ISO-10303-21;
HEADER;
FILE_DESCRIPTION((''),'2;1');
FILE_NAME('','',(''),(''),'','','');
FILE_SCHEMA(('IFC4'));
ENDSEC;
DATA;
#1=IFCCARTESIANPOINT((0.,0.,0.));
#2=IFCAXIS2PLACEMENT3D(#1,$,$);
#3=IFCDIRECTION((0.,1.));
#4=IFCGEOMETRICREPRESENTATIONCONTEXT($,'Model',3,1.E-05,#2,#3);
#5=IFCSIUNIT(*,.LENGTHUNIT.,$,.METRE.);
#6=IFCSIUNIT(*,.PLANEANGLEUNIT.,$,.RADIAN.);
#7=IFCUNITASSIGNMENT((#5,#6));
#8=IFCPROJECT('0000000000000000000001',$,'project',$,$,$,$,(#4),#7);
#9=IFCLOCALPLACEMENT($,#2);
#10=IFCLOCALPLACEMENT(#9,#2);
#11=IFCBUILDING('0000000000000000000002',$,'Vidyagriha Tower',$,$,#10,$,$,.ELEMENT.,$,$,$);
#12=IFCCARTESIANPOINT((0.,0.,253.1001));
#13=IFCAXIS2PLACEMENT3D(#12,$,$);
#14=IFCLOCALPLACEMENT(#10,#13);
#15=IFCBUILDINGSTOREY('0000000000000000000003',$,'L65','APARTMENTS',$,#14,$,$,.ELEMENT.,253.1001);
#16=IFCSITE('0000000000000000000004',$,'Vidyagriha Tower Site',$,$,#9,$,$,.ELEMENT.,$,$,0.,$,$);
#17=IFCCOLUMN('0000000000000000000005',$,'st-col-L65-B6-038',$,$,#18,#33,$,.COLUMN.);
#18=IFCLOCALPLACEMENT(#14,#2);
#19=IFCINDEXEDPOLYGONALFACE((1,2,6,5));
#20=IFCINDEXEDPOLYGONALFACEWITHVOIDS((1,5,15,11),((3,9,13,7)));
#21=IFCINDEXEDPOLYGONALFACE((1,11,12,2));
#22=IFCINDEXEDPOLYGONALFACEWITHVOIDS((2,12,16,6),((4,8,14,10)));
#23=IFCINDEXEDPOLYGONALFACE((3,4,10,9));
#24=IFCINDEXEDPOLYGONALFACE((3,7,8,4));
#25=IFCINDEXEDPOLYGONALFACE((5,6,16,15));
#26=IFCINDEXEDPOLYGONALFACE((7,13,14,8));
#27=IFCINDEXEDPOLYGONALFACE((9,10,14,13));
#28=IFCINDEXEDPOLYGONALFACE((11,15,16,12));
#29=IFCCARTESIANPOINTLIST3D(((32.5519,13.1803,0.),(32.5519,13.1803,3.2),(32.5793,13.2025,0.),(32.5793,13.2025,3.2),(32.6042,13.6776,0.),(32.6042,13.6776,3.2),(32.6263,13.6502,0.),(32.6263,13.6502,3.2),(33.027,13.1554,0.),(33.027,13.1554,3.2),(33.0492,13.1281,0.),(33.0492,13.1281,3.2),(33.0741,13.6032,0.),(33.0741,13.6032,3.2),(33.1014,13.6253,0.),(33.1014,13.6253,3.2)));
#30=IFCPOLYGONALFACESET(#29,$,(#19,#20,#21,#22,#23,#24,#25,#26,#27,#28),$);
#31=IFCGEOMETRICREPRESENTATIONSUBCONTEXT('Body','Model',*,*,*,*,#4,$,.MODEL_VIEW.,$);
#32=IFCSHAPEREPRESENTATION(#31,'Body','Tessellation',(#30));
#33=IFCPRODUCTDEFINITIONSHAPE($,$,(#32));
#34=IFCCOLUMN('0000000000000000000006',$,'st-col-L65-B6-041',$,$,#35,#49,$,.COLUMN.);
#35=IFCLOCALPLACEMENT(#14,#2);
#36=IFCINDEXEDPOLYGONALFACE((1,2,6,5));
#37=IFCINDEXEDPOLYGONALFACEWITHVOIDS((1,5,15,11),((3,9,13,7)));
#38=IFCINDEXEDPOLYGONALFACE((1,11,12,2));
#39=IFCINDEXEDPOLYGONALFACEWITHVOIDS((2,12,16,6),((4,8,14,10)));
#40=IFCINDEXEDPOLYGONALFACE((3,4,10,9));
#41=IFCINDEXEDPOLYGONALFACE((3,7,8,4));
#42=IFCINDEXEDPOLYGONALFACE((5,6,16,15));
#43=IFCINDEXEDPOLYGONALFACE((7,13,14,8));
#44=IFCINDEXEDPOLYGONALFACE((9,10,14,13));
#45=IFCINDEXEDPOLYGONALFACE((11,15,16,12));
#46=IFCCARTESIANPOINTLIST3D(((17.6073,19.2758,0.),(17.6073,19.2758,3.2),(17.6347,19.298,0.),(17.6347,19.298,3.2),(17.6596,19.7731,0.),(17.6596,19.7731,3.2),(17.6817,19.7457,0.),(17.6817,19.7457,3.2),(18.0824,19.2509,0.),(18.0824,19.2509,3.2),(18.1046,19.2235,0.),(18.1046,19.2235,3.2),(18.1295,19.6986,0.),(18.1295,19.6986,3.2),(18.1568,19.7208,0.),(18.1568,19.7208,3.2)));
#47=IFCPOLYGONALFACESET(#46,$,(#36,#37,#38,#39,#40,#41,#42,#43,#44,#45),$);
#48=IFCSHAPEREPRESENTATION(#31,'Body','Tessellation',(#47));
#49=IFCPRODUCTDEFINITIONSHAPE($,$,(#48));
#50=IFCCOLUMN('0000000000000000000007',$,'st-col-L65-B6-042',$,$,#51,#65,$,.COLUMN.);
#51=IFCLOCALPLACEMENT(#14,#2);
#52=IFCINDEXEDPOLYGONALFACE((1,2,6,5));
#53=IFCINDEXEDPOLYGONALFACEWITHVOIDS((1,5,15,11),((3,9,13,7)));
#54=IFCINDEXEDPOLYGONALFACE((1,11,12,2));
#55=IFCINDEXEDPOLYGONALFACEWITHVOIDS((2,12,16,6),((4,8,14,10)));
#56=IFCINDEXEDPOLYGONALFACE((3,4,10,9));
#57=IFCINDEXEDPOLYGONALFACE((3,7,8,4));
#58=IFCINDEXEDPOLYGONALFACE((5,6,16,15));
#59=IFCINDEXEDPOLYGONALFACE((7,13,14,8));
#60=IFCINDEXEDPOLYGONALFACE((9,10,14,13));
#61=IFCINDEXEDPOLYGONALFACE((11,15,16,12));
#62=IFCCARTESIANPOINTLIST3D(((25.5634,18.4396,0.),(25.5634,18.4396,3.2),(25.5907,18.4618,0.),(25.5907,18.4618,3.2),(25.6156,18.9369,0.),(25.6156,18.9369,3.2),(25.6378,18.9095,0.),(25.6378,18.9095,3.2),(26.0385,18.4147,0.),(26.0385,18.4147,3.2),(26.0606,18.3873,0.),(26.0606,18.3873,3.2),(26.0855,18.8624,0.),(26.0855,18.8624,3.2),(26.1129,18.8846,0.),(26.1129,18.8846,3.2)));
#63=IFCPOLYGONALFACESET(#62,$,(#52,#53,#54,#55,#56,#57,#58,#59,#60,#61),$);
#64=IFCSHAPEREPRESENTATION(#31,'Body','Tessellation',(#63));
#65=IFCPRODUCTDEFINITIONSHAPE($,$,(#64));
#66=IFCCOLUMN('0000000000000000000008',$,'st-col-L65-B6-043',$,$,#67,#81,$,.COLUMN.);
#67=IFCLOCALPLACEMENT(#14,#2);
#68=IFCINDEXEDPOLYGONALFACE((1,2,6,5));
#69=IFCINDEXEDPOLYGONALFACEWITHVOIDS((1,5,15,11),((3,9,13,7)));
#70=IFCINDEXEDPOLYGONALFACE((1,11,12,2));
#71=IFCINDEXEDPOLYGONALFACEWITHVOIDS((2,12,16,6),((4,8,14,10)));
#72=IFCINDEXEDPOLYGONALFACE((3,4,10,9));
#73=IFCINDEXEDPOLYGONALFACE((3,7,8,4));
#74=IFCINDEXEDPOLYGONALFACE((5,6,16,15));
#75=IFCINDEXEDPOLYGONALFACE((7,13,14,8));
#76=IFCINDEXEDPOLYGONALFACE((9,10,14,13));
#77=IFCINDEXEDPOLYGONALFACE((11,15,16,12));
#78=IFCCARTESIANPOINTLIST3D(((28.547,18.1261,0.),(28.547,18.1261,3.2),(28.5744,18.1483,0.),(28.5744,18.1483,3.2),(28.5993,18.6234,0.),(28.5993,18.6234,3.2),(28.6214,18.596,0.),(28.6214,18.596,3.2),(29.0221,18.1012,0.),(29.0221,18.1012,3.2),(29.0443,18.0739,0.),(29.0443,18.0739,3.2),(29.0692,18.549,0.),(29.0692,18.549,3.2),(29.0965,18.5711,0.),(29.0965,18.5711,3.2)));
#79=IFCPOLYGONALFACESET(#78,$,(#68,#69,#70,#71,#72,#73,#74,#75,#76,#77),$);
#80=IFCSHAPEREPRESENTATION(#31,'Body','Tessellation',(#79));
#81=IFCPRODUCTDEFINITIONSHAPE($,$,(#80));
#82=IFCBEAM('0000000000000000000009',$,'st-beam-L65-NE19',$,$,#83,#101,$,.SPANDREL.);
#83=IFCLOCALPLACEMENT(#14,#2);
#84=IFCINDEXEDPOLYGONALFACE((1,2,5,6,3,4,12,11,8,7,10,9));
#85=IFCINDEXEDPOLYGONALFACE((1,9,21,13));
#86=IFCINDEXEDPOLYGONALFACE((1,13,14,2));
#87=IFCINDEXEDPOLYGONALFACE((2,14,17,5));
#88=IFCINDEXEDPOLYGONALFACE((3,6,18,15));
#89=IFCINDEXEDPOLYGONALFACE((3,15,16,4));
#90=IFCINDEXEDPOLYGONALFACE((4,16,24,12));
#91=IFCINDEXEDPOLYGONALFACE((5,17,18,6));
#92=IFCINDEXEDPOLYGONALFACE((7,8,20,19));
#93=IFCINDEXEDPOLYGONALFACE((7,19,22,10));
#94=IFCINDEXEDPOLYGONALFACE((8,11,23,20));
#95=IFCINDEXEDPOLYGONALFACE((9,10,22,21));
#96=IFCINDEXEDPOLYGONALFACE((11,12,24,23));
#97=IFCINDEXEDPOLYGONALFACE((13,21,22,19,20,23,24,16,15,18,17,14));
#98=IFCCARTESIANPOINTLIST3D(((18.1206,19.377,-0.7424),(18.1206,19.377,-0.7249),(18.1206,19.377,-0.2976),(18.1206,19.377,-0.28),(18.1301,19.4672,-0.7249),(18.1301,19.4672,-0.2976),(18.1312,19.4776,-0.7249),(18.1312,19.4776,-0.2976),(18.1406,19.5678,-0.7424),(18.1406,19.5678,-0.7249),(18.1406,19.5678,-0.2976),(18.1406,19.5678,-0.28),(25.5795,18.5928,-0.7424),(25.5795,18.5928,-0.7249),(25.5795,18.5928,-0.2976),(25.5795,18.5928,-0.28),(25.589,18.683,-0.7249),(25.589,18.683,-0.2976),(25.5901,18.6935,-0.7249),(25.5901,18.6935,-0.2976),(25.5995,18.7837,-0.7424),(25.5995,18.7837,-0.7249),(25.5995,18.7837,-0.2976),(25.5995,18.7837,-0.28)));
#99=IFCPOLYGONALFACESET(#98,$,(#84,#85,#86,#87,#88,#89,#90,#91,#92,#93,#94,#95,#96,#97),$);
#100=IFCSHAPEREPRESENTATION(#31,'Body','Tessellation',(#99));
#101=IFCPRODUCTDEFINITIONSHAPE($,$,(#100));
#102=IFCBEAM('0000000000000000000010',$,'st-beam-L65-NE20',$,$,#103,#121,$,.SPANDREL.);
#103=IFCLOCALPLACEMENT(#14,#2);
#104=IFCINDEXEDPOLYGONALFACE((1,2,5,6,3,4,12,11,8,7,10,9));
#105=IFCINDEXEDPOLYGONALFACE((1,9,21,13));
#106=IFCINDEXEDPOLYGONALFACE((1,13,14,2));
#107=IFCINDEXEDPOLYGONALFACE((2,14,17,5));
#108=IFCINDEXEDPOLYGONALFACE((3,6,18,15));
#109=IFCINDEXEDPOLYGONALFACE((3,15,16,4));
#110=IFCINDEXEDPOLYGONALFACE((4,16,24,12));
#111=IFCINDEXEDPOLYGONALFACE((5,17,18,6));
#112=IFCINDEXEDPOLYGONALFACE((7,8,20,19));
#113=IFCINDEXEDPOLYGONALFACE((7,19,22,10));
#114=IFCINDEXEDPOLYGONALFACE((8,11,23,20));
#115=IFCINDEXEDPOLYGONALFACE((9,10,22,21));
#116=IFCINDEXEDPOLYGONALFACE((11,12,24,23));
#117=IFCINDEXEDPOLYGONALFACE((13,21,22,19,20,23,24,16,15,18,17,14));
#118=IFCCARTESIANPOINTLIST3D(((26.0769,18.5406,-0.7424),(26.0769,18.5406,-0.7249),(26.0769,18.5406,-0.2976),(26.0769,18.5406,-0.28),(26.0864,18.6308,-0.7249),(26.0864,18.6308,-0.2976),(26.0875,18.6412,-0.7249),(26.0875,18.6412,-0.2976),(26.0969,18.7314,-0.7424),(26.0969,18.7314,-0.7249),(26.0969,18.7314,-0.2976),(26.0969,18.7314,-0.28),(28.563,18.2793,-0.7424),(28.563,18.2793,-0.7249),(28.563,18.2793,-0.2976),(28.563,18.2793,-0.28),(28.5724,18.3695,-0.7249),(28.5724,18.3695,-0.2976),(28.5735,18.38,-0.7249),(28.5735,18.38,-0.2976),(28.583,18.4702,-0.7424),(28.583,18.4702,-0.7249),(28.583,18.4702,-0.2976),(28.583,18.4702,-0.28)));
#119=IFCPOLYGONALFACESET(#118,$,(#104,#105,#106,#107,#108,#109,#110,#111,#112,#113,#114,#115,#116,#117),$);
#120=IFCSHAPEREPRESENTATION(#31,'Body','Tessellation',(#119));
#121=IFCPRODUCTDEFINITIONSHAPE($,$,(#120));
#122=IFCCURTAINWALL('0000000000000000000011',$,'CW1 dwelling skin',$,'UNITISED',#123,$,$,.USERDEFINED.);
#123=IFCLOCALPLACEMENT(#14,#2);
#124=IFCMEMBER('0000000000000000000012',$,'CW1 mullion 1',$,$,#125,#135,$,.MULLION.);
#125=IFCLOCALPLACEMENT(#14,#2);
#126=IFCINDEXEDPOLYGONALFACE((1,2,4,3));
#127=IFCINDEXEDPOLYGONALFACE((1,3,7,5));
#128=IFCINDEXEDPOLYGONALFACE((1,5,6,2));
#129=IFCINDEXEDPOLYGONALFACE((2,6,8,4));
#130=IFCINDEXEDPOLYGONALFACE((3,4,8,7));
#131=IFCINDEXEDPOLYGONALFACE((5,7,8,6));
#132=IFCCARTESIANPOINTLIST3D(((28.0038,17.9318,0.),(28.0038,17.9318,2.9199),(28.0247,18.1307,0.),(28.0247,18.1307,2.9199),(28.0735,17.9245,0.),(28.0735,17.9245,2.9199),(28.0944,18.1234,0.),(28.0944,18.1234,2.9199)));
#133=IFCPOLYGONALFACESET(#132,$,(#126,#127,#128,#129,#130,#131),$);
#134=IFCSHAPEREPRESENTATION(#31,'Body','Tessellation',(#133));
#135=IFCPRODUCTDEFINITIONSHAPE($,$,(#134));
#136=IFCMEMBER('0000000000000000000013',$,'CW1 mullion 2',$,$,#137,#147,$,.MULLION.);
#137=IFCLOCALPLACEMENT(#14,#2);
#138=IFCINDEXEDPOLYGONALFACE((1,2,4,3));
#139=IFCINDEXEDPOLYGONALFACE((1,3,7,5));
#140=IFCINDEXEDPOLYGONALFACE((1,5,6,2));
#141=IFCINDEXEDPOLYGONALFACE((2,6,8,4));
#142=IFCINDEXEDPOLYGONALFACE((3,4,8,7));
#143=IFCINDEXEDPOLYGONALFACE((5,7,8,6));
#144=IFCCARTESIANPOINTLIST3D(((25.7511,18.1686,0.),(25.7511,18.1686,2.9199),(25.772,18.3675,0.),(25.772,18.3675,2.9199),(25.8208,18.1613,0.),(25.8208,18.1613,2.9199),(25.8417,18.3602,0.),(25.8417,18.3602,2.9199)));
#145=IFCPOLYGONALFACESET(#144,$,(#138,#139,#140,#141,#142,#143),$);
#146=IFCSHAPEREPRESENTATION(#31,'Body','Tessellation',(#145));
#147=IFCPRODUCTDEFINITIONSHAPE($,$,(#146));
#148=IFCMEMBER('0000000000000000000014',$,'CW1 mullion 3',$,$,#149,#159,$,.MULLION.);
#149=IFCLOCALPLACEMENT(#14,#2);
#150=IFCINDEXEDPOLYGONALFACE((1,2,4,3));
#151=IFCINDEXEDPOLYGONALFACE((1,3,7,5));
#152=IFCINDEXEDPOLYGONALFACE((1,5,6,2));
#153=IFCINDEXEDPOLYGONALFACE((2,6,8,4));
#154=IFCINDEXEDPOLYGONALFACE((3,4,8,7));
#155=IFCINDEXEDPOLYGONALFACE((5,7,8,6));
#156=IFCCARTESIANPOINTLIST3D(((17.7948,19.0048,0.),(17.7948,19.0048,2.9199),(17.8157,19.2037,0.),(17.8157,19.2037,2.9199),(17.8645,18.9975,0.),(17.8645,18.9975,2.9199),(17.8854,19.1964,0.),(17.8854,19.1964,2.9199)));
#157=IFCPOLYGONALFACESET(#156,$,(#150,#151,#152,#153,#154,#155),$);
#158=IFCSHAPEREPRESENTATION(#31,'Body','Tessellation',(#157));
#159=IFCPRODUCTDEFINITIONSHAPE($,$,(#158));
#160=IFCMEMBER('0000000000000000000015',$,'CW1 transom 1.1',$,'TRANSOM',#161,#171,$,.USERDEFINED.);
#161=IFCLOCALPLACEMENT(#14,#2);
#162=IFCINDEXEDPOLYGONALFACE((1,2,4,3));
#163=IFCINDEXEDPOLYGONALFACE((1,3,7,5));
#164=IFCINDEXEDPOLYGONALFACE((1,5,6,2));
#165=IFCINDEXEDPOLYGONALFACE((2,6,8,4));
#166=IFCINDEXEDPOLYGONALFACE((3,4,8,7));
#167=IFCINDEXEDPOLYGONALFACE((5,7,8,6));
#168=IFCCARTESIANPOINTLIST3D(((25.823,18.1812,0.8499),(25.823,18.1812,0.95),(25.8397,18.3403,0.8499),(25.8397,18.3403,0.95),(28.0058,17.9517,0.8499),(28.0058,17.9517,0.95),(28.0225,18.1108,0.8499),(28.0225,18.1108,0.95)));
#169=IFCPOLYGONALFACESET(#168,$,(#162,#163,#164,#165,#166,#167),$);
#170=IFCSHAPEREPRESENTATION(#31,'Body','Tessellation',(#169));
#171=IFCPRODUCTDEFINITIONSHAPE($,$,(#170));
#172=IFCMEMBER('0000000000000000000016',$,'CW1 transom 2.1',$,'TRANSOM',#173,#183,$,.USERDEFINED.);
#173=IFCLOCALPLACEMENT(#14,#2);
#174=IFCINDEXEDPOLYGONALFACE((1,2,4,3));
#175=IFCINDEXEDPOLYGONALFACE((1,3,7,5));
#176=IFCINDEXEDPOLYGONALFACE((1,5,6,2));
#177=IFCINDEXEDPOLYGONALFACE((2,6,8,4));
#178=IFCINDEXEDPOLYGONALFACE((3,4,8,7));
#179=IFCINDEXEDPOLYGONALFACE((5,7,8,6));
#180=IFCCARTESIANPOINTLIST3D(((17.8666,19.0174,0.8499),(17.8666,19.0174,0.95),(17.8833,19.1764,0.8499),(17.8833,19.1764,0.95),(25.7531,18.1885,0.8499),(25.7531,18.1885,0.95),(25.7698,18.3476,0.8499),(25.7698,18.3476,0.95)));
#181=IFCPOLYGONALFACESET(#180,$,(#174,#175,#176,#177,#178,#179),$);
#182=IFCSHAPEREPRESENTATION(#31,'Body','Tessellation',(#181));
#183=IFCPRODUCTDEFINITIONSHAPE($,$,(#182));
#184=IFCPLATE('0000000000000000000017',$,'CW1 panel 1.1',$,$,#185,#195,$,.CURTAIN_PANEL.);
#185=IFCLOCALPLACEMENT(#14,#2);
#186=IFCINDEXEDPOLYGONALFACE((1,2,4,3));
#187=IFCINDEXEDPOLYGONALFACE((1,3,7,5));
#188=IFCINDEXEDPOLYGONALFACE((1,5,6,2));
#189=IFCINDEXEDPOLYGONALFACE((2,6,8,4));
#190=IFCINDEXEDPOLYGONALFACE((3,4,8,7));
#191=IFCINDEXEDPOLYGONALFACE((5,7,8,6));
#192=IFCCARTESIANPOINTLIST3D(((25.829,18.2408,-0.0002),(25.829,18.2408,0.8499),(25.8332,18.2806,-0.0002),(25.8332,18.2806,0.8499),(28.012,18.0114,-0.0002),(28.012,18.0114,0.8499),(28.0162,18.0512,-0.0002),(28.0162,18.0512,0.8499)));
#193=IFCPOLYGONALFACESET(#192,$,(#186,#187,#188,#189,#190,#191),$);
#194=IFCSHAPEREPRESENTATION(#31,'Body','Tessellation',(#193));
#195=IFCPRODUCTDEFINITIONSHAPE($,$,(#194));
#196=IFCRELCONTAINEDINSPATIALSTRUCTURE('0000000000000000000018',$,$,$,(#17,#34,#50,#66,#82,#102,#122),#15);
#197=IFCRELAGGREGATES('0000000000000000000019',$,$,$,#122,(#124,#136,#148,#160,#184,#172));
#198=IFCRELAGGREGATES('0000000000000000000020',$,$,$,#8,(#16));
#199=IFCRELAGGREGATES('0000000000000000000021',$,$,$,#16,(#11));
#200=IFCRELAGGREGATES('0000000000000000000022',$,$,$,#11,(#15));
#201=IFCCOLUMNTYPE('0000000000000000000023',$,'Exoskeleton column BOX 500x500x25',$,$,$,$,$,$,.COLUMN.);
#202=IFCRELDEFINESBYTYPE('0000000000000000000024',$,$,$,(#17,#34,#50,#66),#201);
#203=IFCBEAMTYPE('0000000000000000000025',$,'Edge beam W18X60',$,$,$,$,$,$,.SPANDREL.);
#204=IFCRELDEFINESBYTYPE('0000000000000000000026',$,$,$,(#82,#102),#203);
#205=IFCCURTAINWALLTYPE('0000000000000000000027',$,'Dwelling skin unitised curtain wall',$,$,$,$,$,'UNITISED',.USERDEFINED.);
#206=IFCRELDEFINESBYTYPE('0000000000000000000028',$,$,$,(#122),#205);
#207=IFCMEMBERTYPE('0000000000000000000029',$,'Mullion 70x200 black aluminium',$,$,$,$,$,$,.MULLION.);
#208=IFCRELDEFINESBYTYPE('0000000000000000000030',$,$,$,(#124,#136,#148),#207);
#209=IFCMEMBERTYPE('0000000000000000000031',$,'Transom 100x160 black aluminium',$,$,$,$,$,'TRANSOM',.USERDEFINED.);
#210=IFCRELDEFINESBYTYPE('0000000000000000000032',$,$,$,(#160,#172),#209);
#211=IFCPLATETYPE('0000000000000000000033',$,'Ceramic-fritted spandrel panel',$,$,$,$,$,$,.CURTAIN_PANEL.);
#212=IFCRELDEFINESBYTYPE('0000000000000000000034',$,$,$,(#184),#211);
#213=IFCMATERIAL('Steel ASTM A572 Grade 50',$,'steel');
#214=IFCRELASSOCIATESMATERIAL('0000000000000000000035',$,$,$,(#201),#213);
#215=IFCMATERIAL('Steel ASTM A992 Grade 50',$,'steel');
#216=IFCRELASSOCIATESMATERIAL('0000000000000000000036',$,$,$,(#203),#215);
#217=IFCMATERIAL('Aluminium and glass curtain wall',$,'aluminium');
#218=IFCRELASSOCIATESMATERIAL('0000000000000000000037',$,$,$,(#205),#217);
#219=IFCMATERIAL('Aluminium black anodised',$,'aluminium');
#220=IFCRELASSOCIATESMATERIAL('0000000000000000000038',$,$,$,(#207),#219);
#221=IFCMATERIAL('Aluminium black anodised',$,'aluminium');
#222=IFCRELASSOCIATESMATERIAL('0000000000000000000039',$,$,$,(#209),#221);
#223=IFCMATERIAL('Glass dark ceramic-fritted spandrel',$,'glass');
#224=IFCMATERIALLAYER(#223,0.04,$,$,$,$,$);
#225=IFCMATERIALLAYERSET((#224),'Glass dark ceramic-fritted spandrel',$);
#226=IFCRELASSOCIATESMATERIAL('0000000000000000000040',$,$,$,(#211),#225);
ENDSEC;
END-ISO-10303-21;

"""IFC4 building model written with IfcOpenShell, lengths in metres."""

from ifc_helpers import new_model, si_unit, direction, frame, origin, origin_2d, place, context, subcontext, project, spatial, rectangle, hollow_rectangle, i_section, extrude, material, layer, layer_set, material_profile, profile_set, type_object, element, aggregate, save


model = new_model("IFC4")

# Units and contexts
model_context = context("Model", 3, precision=1e-05, world=origin(), true_north=direction((0.0, 1.0)))
body_context = subcontext(model_context, "Body", "Model", "MODEL_VIEW")
ifc_project = project(units=[si_unit("LENGTHUNIT", "METRE"), si_unit("PLANEANGLEUNIT", "RADIAN")], contexts=[model_context])

# Site, building, storey
site_placement = place(None, origin())
site = spatial("IfcSite", under=ifc_project, at=site_placement, Name="Vidyagriha Tower Site", CompositionType="ELEMENT", RefElevation=0.0)
building_placement = place(site_placement, origin())
building = spatial("IfcBuilding", under=site, at=building_placement, Name="Vidyagriha Tower", CompositionType="ELEMENT")
storey_placement = place(building_placement, frame((0.0, 0.0, 253.1001)))
storey = spatial("IfcBuildingStorey", under=building, at=storey_placement, Name="L65", Description="APARTMENTS", CompositionType="ELEMENT", Elevation=253.1001)

# Columns
ifc_material_1 = material(Name="Steel ASTM A572 Grade 50", Category="steel")
ifc_material_profile_1 = material_profile(ifc_material_1, hollow_rectangle(XDim=0.5, YDim=0.5, WallThickness=0.0249, at=origin_2d()), Name="BOX 500x500x25")
ifc_profile_set_1 = profile_set([ifc_material_profile_1], Name="Steel ASTM A572 Grade 50")
column_type = type_object("IfcColumnType", Name="Exoskeleton column BOX 500x500x25", PredefinedType="COLUMN", material=ifc_profile_set_1)
for number, where, z_axis, x_axis, name in (
    (1, (32.8267, 13.4028, 0.0), (0.0, 0.0, 1.0), (0.994522, -0.104528, 0.0), "st-col-L65-B6-038"),
    (2, (17.8821, 19.4983, 0.0), (0.0, 0.0, 1.0), (0.994522, -0.104528, 0.0), "st-col-L65-B6-041"),
    (3, (25.8381, 18.6621, 0.0), (0.0, 0.0, 1.0), (0.994522, -0.104528, 0.0), "st-col-L65-B6-042"),
    (4, (28.8218, 18.3486, 0.0), (0.0, 0.0, 1.0), (0.994522, -0.104528, 0.0), "st-col-L65-B6-043"),
):
    element("IfcColumn", number, at=place(storey_placement, frame(where, z_axis=z_axis, x_axis=x_axis)), inside=storey, type_object=column_type, Name=name, PredefinedType="COLUMN", context=body_context, shape_type="SweptSolid", body=[
        extrude(hollow_rectangle(XDim=0.5, YDim=0.5, WallThickness=0.0249, at=origin_2d()), origin(), (0.0, 0.0, 1.0), 3.2),
    ])

# Beams
ifc_material_2 = material(Name="Steel ASTM A992 Grade 50", Category="steel")
ifc_material_profile_2 = material_profile(ifc_material_2, i_section(OverallWidth=0.1919, OverallDepth=0.4624, WebThickness=0.0105, FlangeThickness=0.0176, at=origin_2d()), Name="W18X60")
ifc_profile_set_2 = profile_set([ifc_material_profile_2], Name="Steel ASTM A992 Grade 50")
beam_type = type_object("IfcBeamType", Name="Edge beam W18X60", PredefinedType="SPANDREL", material=ifc_profile_set_2)
beam_1_placement = place(storey_placement, frame((18.1306, 19.4724, -0.5112), z_axis=(0.994519, -0.104556, 0.0), x_axis=(0.104556, 0.994519, 0.0)))
element("IfcBeam", 5, at=beam_1_placement, inside=storey, type_object=beam_type, Name="st-beam-L65-NE19", PredefinedType="SPANDREL", context=body_context, shape_type="SweptSolid", body=[
    extrude(i_section(OverallWidth=0.1919, OverallDepth=0.4624, WebThickness=0.0105, FlangeThickness=0.0176, at=origin_2d()), origin(), (0.0, 0.0, 1.0), 7.5),
])
beam_2_placement = place(storey_placement, frame((26.0869, 18.636, -0.5112), z_axis=(0.994525, -0.104502, 0.0), x_axis=(0.104502, 0.994525, 0.0)))
element("IfcBeam", 6, at=beam_2_placement, inside=storey, type_object=beam_type, Name="st-beam-L65-NE20", PredefinedType="SPANDREL", context=body_context, shape_type="SweptSolid", body=[
    extrude(i_section(OverallWidth=0.1919, OverallDepth=0.4624, WebThickness=0.0105, FlangeThickness=0.0176, at=origin_2d()), origin(), (0.0, 0.0, 1.0), 2.4998),
])

# Curtain wall, members, plate
ifc_material_3 = material(Name="Aluminium and glass curtain wall", Category="aluminium")
curtain_wall_type = type_object("IfcCurtainWallType", Name="Dwelling skin unitised curtain wall", ElementType="UNITISED", PredefinedType="USERDEFINED", material=ifc_material_3)
curtain_wall_placement = place(storey_placement, origin())
curtain_wall = element("IfcCurtainWall", 7, at=curtain_wall_placement, inside=storey, type_object=curtain_wall_type, Name="CW1 dwelling skin", ObjectType="UNITISED", PredefinedType="USERDEFINED")
ifc_material_4 = material(Name="Aluminium black anodised", Category="aluminium")
ifc_material_profile_3 = material_profile(ifc_material_4, rectangle(XDim=0.2, YDim=0.0701, at=origin_2d()), Name="Mullion 70x200 black aluminium")
ifc_profile_set_3 = profile_set([ifc_material_profile_3], Name="Aluminium black anodised")
member_type_1 = type_object("IfcMemberType", Name="Mullion 70x200 black aluminium", PredefinedType="MULLION", material=ifc_profile_set_3)
member_1_placement = place(storey_placement, frame((28.0491, 18.0276, 0.0), z_axis=(0.0, 0.0, 1.0), x_axis=(-0.104529, -0.994522, 0.0)))
member_1 = element("IfcMember", 8, at=member_1_placement, type_object=member_type_1, Name="CW1 mullion 1", PredefinedType="MULLION", context=body_context, shape_type="SweptSolid", body=[
    extrude(rectangle(XDim=0.2, YDim=0.0701, at=origin_2d()), origin(), (0.0, 0.0, 1.0), 2.9199),
])
member_2_placement = place(storey_placement, frame((25.7964, 18.2644, 0.0), z_axis=(0.0, 0.0, 1.0), x_axis=(-0.104529, -0.994522, 0.0)))
member_2 = element("IfcMember", 9, at=member_2_placement, type_object=member_type_1, Name="CW1 mullion 2", PredefinedType="MULLION", context=body_context, shape_type="SweptSolid", body=[
    extrude(rectangle(XDim=0.2, YDim=0.0701, at=origin_2d()), origin(), (0.0, 0.0, 1.0), 2.9199),
])
member_3_placement = place(storey_placement, frame((17.8401, 19.1006, 0.0), z_axis=(0.0, 0.0, 1.0), x_axis=(-0.104529, -0.994522, 0.0)))
member_3 = element("IfcMember", 10, at=member_3_placement, type_object=member_type_1, Name="CW1 mullion 3", PredefinedType="MULLION", context=body_context, shape_type="SweptSolid", body=[
    extrude(rectangle(XDim=0.2, YDim=0.0701, at=origin_2d()), origin(), (0.0, 0.0, 1.0), 2.9199),
])
ifc_material_5 = material(Name="Aluminium black anodised", Category="aluminium")
ifc_material_profile_4 = material_profile(ifc_material_5, rectangle(XDim=0.1599, YDim=0.1001, at=origin_2d()), Name="Transom 100x160 black aluminium")
ifc_profile_set_4 = profile_set([ifc_material_profile_4], Name="Aluminium black anodised")
member_type_2 = type_object("IfcMemberType", Name="Transom 100x160 black aluminium", ElementType="TRANSOM", PredefinedType="USERDEFINED", material=ifc_profile_set_4)
member_4_placement = place(storey_placement, frame((28.0142, 18.0312, 0.8999), z_axis=(-0.994519, 0.104557, 0.0), x_axis=(-0.104557, -0.994519, 0.0)))
member_4 = element("IfcMember", 11, at=member_4_placement, type_object=member_type_2, Name="CW1 transom 1.1", ObjectType="TRANSOM", PredefinedType="USERDEFINED", context=body_context, shape_type="SweptSolid", body=[
    extrude(rectangle(XDim=0.1599, YDim=0.1001, at=origin_2d()), origin(), (0.0, 0.0, 1.0), 2.1948),
])
member_5_placement = place(storey_placement, frame((25.7615, 18.2681, 0.8999), z_axis=(-0.994522, 0.104523, 0.0), x_axis=(-0.104523, -0.994522, 0.0)))
member_5 = element("IfcMember", 12, at=member_5_placement, type_object=member_type_2, Name="CW1 transom 2.1", ObjectType="TRANSOM", PredefinedType="USERDEFINED", context=body_context, shape_type="SweptSolid", body=[
    extrude(rectangle(XDim=0.1599, YDim=0.1001, at=origin_2d()), origin(), (0.0, 0.0, 1.0), 7.9299),
])
ifc_material_6 = material(Name="Glass dark ceramic-fritted spandrel", Category="glass")
ifc_layer_1 = layer(ifc_material_6, 0.04)
ifc_layer_set_1 = layer_set([ifc_layer_1], Name="Glass dark ceramic-fritted spandrel")
plate_type_1 = type_object("IfcPlateType", Name="Ceramic-fritted spandrel panel", PredefinedType="CURTAIN_PANEL", material=ifc_layer_set_1)
plate_1_placement = place(storey_placement, frame((26.9226, 18.146, -0.0002), z_axis=(0.0, 0.0, 1.0), x_axis=(-0.994522, 0.104529, 0.0)))
plate_1 = element("IfcPlate", 13, at=plate_1_placement, type_object=plate_type_1, Name="CW1 panel 1.1", PredefinedType="CURTAIN_PANEL", context=body_context, shape_type="SweptSolid", body=[
    extrude(rectangle(XDim=2.1951, YDim=0.04, at=origin_2d()), origin(), (0.0, 0.0, 1.0), 0.8501),
])
aggregate(curtain_wall, [member_1, member_2, member_3, member_4, plate_1, member_5])

save(model, "model.ifc")
